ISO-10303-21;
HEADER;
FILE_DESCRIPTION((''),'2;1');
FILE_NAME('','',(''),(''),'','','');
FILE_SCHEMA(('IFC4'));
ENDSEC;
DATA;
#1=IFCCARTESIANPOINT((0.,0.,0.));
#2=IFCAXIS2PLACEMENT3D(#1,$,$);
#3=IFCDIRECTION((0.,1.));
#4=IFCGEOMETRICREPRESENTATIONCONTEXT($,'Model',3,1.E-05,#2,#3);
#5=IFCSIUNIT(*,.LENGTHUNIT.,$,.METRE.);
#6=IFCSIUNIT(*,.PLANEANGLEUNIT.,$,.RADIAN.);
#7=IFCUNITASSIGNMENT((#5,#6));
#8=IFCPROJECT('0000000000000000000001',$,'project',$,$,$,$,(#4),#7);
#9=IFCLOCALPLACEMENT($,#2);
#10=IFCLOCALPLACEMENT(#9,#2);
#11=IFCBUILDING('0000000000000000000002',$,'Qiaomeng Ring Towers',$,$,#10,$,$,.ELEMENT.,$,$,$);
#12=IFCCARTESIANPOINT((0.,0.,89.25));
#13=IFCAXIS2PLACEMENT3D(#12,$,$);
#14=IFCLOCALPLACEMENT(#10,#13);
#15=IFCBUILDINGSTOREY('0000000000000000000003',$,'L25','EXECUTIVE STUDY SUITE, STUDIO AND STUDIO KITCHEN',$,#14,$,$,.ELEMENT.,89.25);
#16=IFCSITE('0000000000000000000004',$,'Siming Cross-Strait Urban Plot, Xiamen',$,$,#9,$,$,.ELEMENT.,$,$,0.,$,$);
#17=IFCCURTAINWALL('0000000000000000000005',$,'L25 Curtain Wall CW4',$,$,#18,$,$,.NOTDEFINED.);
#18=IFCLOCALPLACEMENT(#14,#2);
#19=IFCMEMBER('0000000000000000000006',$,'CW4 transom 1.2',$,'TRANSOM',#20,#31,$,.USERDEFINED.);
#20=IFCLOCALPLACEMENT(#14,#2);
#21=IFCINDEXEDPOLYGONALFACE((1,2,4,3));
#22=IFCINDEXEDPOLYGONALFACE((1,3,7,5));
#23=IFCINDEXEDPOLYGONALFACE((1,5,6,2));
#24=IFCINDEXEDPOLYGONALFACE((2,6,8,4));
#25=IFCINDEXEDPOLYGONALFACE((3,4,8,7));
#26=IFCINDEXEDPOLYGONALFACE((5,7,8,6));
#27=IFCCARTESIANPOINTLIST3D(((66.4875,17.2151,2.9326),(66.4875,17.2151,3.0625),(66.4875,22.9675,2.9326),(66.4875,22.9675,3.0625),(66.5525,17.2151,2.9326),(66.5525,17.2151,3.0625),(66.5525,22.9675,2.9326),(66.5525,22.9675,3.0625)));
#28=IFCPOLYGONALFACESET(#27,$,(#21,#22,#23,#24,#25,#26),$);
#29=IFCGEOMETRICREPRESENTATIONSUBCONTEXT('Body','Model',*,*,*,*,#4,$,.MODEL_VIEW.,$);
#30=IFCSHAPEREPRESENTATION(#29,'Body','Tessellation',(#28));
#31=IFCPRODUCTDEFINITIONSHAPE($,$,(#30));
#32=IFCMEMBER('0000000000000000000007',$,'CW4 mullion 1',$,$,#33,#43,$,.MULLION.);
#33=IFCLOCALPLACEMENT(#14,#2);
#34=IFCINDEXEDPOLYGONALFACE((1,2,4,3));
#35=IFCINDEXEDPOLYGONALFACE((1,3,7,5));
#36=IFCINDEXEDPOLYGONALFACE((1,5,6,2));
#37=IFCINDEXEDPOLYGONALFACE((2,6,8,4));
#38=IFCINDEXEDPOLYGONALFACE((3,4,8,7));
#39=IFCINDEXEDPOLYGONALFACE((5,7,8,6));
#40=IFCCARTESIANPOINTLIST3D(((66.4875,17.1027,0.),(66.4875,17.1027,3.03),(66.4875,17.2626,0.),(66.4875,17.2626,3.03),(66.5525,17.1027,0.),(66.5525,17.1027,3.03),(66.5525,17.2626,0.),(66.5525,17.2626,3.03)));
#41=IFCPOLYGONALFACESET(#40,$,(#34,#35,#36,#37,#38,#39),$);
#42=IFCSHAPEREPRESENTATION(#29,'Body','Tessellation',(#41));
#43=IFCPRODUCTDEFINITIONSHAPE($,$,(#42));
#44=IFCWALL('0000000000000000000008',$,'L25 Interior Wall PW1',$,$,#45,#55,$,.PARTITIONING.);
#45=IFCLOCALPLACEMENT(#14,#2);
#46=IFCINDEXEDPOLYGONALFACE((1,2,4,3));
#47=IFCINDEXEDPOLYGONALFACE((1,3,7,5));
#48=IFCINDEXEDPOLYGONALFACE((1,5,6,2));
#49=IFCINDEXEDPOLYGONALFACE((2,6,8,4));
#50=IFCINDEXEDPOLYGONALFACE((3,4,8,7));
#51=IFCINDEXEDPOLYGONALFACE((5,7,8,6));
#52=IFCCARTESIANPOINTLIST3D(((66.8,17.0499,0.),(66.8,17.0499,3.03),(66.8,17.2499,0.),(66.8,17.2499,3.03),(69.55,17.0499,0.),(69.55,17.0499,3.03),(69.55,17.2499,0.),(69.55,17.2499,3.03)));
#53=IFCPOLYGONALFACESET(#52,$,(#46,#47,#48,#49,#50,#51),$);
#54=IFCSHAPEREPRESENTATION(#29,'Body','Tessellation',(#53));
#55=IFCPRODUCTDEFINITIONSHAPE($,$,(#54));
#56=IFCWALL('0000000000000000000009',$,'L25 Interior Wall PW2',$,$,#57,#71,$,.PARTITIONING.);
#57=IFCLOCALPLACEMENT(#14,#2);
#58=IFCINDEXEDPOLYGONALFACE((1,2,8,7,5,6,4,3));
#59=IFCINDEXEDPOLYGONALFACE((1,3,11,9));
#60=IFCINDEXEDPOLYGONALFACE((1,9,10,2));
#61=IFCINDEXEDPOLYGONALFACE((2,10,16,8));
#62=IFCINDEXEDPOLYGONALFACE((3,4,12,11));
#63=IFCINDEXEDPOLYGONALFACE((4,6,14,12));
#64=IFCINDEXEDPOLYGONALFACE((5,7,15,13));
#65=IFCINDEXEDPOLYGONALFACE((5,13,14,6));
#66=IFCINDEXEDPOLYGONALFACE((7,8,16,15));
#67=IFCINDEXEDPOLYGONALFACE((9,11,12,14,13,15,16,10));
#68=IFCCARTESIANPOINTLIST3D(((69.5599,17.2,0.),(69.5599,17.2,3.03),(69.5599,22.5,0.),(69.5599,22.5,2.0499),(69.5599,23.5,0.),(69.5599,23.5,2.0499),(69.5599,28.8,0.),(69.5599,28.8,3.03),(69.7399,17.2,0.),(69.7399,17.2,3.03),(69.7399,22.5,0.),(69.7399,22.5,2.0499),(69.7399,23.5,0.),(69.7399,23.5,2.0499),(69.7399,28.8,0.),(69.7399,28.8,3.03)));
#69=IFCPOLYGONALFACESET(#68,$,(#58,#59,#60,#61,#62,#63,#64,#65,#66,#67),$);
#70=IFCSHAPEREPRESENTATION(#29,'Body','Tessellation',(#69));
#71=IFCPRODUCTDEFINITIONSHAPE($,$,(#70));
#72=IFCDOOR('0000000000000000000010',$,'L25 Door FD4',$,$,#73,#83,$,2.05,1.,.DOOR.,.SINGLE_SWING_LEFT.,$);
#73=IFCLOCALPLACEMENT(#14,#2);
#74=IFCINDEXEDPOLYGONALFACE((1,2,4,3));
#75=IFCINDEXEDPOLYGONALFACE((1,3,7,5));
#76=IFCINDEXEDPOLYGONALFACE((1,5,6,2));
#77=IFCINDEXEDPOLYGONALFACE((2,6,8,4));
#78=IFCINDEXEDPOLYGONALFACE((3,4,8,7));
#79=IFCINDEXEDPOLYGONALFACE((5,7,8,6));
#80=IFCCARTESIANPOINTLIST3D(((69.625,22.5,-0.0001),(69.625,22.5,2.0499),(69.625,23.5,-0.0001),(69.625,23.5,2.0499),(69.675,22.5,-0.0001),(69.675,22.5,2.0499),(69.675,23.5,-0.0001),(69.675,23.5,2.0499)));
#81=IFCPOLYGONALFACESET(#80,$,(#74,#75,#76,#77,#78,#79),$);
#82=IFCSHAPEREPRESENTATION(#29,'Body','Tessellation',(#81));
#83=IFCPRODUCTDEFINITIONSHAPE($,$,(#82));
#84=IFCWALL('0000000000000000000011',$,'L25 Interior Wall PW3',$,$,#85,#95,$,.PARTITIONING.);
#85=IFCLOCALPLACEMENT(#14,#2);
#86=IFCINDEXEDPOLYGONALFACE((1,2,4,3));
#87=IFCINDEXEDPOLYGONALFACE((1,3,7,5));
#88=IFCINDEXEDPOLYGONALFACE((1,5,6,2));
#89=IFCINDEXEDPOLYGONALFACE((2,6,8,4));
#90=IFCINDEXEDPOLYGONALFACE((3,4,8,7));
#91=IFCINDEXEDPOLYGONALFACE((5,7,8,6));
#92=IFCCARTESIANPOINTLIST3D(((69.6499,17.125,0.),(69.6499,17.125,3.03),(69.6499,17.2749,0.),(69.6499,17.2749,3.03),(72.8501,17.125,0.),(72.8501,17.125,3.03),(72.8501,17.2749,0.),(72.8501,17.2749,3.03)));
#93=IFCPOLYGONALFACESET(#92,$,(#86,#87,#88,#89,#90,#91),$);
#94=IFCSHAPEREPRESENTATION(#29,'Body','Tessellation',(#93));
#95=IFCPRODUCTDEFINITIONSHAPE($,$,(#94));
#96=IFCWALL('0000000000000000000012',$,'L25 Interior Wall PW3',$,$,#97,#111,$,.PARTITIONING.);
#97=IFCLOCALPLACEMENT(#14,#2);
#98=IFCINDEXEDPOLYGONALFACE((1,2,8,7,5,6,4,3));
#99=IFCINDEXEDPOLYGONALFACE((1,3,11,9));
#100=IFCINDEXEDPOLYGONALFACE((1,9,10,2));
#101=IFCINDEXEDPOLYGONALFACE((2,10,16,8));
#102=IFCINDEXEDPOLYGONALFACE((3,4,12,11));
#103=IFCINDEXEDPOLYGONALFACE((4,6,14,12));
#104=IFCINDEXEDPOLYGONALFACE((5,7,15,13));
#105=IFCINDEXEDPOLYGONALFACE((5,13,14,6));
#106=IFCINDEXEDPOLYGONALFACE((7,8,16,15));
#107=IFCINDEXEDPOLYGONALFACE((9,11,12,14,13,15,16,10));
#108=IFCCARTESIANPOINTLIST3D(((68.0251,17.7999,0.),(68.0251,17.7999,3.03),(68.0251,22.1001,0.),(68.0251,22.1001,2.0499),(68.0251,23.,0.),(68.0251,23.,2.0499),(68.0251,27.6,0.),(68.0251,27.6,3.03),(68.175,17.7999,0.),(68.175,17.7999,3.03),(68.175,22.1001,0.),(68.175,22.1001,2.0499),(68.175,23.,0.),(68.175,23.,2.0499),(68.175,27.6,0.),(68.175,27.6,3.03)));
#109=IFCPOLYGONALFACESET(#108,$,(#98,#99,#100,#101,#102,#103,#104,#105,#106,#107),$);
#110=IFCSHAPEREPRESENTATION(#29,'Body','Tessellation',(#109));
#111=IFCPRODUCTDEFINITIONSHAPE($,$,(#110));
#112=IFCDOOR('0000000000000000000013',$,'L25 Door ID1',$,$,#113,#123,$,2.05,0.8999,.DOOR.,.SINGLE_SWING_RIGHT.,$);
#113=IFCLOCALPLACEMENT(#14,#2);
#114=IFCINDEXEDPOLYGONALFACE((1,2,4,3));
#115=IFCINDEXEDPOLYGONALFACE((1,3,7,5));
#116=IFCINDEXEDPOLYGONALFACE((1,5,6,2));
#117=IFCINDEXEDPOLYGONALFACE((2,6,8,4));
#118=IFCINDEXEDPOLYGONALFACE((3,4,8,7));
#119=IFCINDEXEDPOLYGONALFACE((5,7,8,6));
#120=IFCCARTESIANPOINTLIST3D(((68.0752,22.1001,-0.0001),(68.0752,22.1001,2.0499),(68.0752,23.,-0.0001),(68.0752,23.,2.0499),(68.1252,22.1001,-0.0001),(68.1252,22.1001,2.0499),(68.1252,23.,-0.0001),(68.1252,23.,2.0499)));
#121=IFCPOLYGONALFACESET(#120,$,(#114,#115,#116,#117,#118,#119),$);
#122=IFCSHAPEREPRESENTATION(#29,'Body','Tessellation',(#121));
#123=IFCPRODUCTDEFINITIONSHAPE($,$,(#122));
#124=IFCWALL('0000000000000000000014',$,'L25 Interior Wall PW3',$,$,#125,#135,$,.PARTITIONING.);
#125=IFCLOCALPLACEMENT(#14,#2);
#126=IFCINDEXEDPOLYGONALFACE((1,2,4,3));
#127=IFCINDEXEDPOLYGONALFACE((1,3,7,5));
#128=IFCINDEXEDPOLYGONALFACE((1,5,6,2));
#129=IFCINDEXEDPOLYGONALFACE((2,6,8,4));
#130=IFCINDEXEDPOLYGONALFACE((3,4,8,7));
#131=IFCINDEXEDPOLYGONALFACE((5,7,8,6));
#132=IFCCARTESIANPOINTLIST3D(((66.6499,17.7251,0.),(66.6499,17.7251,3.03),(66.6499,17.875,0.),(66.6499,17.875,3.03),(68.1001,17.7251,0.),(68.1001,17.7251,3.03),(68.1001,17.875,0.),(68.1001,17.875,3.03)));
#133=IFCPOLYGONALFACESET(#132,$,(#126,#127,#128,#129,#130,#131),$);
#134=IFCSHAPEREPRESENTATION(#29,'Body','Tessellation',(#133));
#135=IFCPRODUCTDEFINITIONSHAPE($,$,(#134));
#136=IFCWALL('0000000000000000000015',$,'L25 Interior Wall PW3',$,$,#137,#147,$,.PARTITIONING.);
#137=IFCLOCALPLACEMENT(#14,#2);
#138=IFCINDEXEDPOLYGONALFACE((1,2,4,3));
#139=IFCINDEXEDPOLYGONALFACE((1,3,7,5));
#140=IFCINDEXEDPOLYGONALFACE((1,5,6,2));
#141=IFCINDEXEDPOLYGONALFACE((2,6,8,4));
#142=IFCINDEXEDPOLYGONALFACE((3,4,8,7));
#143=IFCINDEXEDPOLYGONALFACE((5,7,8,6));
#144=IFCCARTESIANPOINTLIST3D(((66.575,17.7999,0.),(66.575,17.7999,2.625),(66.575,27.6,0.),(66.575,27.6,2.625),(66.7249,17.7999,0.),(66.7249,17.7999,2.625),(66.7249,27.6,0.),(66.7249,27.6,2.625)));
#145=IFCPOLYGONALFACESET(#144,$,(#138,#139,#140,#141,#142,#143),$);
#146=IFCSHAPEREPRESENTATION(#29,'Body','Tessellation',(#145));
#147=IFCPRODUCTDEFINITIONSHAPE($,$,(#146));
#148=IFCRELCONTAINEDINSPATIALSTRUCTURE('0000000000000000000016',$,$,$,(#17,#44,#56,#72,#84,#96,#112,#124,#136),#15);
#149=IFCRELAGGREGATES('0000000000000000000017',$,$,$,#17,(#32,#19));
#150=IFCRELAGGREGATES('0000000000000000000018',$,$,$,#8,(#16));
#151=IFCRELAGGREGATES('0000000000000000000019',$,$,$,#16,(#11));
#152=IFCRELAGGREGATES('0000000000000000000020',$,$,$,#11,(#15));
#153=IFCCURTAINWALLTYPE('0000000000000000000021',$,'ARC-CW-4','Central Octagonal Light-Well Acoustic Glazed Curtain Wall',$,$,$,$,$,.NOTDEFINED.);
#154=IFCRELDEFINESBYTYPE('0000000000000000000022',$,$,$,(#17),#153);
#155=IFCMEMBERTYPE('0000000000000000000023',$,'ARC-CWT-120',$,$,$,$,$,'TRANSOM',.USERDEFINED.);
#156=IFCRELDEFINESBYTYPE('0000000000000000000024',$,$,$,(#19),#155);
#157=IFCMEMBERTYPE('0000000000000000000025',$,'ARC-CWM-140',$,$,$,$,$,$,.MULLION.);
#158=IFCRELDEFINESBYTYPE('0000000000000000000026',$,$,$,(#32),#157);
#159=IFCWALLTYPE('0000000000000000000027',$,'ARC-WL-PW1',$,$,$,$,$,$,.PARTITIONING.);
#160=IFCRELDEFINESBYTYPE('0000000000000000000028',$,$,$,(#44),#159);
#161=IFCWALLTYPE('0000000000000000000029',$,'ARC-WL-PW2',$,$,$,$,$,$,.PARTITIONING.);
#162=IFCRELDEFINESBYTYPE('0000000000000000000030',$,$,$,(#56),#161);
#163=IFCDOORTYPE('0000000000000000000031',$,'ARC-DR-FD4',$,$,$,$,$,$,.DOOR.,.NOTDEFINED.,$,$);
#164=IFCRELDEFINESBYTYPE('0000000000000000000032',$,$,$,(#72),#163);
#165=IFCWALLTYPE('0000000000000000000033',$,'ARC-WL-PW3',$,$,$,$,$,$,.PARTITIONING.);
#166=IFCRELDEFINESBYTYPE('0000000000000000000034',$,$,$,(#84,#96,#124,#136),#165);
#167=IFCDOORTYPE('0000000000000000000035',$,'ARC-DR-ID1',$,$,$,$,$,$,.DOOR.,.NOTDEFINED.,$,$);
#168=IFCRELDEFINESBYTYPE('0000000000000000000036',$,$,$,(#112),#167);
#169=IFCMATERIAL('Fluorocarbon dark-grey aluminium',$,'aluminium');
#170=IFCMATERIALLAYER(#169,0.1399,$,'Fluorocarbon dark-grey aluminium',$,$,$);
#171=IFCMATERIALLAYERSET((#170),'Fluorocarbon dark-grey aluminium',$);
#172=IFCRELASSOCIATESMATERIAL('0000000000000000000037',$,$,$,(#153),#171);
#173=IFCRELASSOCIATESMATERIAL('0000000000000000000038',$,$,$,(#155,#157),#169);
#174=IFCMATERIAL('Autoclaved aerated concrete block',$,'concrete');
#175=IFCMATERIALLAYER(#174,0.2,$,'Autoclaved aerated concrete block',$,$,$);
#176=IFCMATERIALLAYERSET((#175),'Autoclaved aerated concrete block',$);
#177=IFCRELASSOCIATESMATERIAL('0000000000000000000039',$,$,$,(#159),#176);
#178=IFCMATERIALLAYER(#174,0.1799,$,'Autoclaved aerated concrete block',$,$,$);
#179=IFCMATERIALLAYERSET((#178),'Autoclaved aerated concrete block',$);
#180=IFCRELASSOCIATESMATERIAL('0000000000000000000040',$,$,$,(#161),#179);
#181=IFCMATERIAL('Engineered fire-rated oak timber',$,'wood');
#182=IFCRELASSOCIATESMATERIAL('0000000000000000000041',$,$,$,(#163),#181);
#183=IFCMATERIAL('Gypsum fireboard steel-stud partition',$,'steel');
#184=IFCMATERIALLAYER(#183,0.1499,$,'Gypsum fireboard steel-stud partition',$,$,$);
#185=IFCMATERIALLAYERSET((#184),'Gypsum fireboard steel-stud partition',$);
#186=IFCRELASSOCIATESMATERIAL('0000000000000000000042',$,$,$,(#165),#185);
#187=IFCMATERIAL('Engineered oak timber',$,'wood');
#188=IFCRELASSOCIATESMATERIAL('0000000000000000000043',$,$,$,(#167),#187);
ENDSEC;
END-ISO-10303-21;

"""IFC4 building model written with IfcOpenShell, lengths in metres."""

from ifc_helpers import new_model, si_unit, direction, frame, frame_2d, origin, origin_2d, place, context, subcontext, project, spatial, rectangle, extrude, source, transform, mapped, material, layer, layer_set, material_profile, profile_set, type_object, element, fill, aggregate, save


model = new_model("IFC4")

# Units and contexts
model_context = context("Model", 3, precision=1e-05, world=origin(), true_north=direction((0.0, 1.0)))
body_context = subcontext(model_context, "Body", "Model", "MODEL_VIEW")
ifc_project = project(units=[si_unit("LENGTHUNIT", "METRE"), si_unit("PLANEANGLEUNIT", "RADIAN")], contexts=[model_context])

# Site, building, storey
site_placement = place(None, origin())
site = spatial("IfcSite", under=ifc_project, at=site_placement, Name="Siming Cross-Strait Urban Plot, Xiamen", CompositionType="ELEMENT", RefElevation=0.0)
building_placement = place(site_placement, origin())
building = spatial("IfcBuilding", under=site, at=building_placement, Name="Qiaomeng Ring Towers", CompositionType="ELEMENT")
storey_placement = place(building_placement, frame((0.0, 0.0, 89.25)))
storey = spatial("IfcBuildingStorey", under=building, at=storey_placement, Name="L25", Description="EXECUTIVE STUDY SUITE, STUDIO AND STUDIO KITCHEN", CompositionType="ELEMENT", Elevation=89.25)

# Curtain wall, members
ifc_material_1 = material(Name="Fluorocarbon dark-grey aluminium", Category="aluminium")
ifc_layer_1 = layer(ifc_material_1, 0.1399, Name="Fluorocarbon dark-grey aluminium")
ifc_layer_set_1 = layer_set([ifc_layer_1], Name="Fluorocarbon dark-grey aluminium")
curtain_wall_type = type_object("IfcCurtainWallType", Name="ARC-CW-4", Description="Central Octagonal Light-Well Acoustic Glazed Curtain Wall", PredefinedType="NOTDEFINED", material=ifc_layer_set_1)
curtain_wall_placement = place(storey_placement, origin())
curtain_wall = element("IfcCurtainWall", 1, at=curtain_wall_placement, inside=storey, type_object=curtain_wall_type, Name="L25 Curtain Wall CW4", PredefinedType="NOTDEFINED")
ifc_material_profile_1 = material_profile(ifc_material_1, rectangle(XDim=0.0649, YDim=0.1299, at=origin_2d()), Name="ALU TRAN 65x130")
ifc_profile_set_1 = profile_set([ifc_material_profile_1], Name="Fluorocarbon dark-grey aluminium")
member_type_1 = type_object("IfcMemberType", Name="ARC-CWT-120", ElementType="TRANSOM", PredefinedType="USERDEFINED", material=ifc_profile_set_1)
shared_shape_1 = source(origin(), body_context, "Body", "SweptSolid", [
    extrude(rectangle(XDim=0.0649, YDim=0.1299, at=origin_2d()), origin(), (0.0, 0.0, 1.0), 5.7524),
])
member_1_placement = place(storey_placement, frame((66.52, 17.2151, 2.9976), z_axis=(0.0, 1.0, 0.0), x_axis=(-1.0, 0.0, 0.0)))
member_1 = element("IfcMember", 2, at=member_1_placement, type_object=member_type_1, Name="CW4 transom 1.2", ObjectType="TRANSOM", PredefinedType="USERDEFINED", context=body_context, shape_type="MappedRepresentation", body=[
    mapped(shared_shape_1, transform((0.0, 0.0, 0.0), x_axis=(1.0, 0.0, 0.0), y_axis=(0.0, 1.0, 0.0), z_axis=(0.0, 0.0, 1.0), scale=1.0)),
])
ifc_material_profile_2 = material_profile(ifc_material_1, rectangle(XDim=0.0649, YDim=0.1599, at=origin_2d()), Name="ALU MULL 65x160")
ifc_profile_set_2 = profile_set([ifc_material_profile_2], Name="Fluorocarbon dark-grey aluminium")
member_type_2 = type_object("IfcMemberType", Name="ARC-CWM-140", PredefinedType="MULLION", material=ifc_profile_set_2)
shared_shape_2 = source(origin(), body_context, "Body", "SweptSolid", [
    extrude(rectangle(XDim=0.0649, YDim=0.1599, at=origin_2d()), origin(), (0.0, 0.0, 1.0), 3.03),
])
member_2_placement = place(storey_placement, frame((66.52, 17.1826, 0.0), z_axis=(0.0, 0.0, 1.0), x_axis=(-1.0, 0.0, 0.0)))
member_2 = element("IfcMember", 3, at=member_2_placement, type_object=member_type_2, Name="CW4 mullion 1", PredefinedType="MULLION", context=body_context, shape_type="MappedRepresentation", body=[
    mapped(shared_shape_2, transform((0.0, 0.0, 0.0), x_axis=(1.0, 0.0, 0.0), y_axis=(0.0, 1.0, 0.0), z_axis=(0.0, 0.0, 1.0), scale=1.0)),
])
aggregate(curtain_wall, [member_2, member_1])

# Wall
ifc_material_2 = material(Name="Autoclaved aerated concrete block", Category="concrete")
ifc_layer_2 = layer(ifc_material_2, 0.2, Name="Autoclaved aerated concrete block")
ifc_layer_set_2 = layer_set([ifc_layer_2], Name="Autoclaved aerated concrete block")
wall_type_1 = type_object("IfcWallType", Name="ARC-WL-PW1", PredefinedType="PARTITIONING", material=ifc_layer_set_2)
wall_1_placement = place(storey_placement, frame((66.8, 17.1499, 0.0), z_axis=(0.0, 0.0, 1.0), x_axis=(1.0, 0.0, 0.0)))
element("IfcWall", 4, at=wall_1_placement, inside=storey, type_object=wall_type_1, Name="L25 Interior Wall PW1", PredefinedType="PARTITIONING", context=body_context, shape_type="SweptSolid", body=[
    extrude(rectangle(XDim=2.75, YDim=0.2, at=frame_2d((1.375, 0.0))), origin(), (0.0, 0.0, 1.0), 3.03),
])

# Wall, opening, door
ifc_layer_3 = layer(ifc_material_2, 0.1799, Name="Autoclaved aerated concrete block")
ifc_layer_set_3 = layer_set([ifc_layer_3], Name="Autoclaved aerated concrete block")
wall_type_2 = type_object("IfcWallType", Name="ARC-WL-PW2", PredefinedType="PARTITIONING", material=ifc_layer_set_3)
wall_2_placement = place(storey_placement, frame((69.6499, 17.2, 0.0), z_axis=(0.0, 0.0, 1.0), x_axis=(0.0, 1.0, 0.0)))
wall_2 = element("IfcWall", 5, at=wall_2_placement, inside=storey, type_object=wall_type_2, Name="L25 Interior Wall PW2", PredefinedType="PARTITIONING", context=body_context, shape_type="SweptSolid", body=[
    extrude(rectangle(XDim=11.6001, YDim=0.1799, at=frame_2d((5.8, 0.0))), origin(), (0.0, 0.0, 1.0), 3.03),
])
opening_1_placement = place(wall_2_placement, frame((5.3, 0.0, 0.0)))
opening_1 = element("IfcOpeningElement", 6, at=opening_1_placement, cuts=wall_2, PredefinedType="OPENING", context=body_context, shape_type="SweptSolid", body=[
    extrude(rectangle(XDim=1.0, YDim=2.05, at=frame_2d((0.5, 1.0249))), frame((0.0, 0.0999, 0.0), z_axis=(0.0, -1.0, 0.0), x_axis=(1.0, 0.0, 0.0)), (0.0, 0.0, 1.0), 0.2),
])
ifc_material_3 = material(Name="Engineered fire-rated oak timber", Category="wood")
door_type_1 = type_object("IfcDoorType", Name="ARC-DR-FD4", OperationType="NOTDEFINED", PredefinedType="DOOR", material=ifc_material_3)
shared_shape_3 = source(origin(), body_context, "Body", "SweptSolid", [
    extrude(rectangle(XDim=1.0, YDim=2.05, at=frame_2d((0.5, 1.0249))), frame((0.0, 0.0249, 0.0), z_axis=(0.0, -1.0, 0.0), x_axis=(1.0, 0.0, 0.0)), (0.0, 0.0, 1.0), 0.05),
])
door_1_placement = place(opening_1_placement, origin())
door_1 = element("IfcDoor", 7, at=door_1_placement, inside=storey, type_object=door_type_1, Name="L25 Door FD4", OperationType="SINGLE_SWING_LEFT", OverallHeight=2.05, OverallWidth=1.0, PredefinedType="DOOR", context=body_context, shape_type="MappedRepresentation", body=[
    mapped(shared_shape_3, transform((0.0, 0.0, 0.0), x_axis=(1.0, 0.0, 0.0), y_axis=(0.0, 1.0, 0.0), z_axis=(0.0, 0.0, 1.0), scale=1.0)),
])
fill(opening_1, door_1)

# Wall
ifc_material_4 = material(Name="Gypsum fireboard steel-stud partition", Category="steel")
ifc_layer_4 = layer(ifc_material_4, 0.1499, Name="Gypsum fireboard steel-stud partition")
ifc_layer_set_4 = layer_set([ifc_layer_4], Name="Gypsum fireboard steel-stud partition")
wall_type_3 = type_object("IfcWallType", Name="ARC-WL-PW3", PredefinedType="PARTITIONING", material=ifc_layer_set_4)
wall_3_placement = place(storey_placement, frame((69.6499, 17.2, 0.0), z_axis=(0.0, 0.0, 1.0), x_axis=(1.0, 0.0, 0.0)))
element("IfcWall", 8, at=wall_3_placement, inside=storey, type_object=wall_type_3, Name="L25 Interior Wall PW3", PredefinedType="PARTITIONING", context=body_context, shape_type="SweptSolid", body=[
    extrude(rectangle(XDim=3.2002, YDim=0.1499, at=frame_2d((1.6001, 0.0))), origin(), (0.0, 0.0, 1.0), 3.03),
])

# Wall, opening, door
wall_4_placement = place(storey_placement, frame((68.1001, 17.8, 0.0), z_axis=(0.0, 0.0, 1.0), x_axis=(0.0, 1.0, 0.0)))
wall_4 = element("IfcWall", 9, at=wall_4_placement, inside=storey, type_object=wall_type_3, Name="L25 Interior Wall PW3", PredefinedType="PARTITIONING", context=body_context, shape_type="SweptSolid", body=[
    extrude(rectangle(XDim=9.8, YDim=0.1499, at=frame_2d((4.8999, 0.0))), origin(), (0.0, 0.0, 1.0), 3.03),
])
opening_2_placement = place(wall_4_placement, frame((4.3, 0.0, 0.0)))
opening_2 = element("IfcOpeningElement", 10, at=opening_2_placement, cuts=wall_4, PredefinedType="OPENING", context=body_context, shape_type="SweptSolid", body=[
    extrude(rectangle(XDim=0.8999, YDim=2.05, at=frame_2d((0.45, 1.0249))), frame((0.0, 0.085, 0.0), z_axis=(0.0, -1.0, 0.0), x_axis=(1.0, 0.0, 0.0)), (0.0, 0.0, 1.0), 0.1699),
])
ifc_material_5 = material(Name="Engineered oak timber", Category="wood")
door_type_2 = type_object("IfcDoorType", Name="ARC-DR-ID1", OperationType="NOTDEFINED", PredefinedType="DOOR", material=ifc_material_5)
shared_shape_4 = source(origin(), body_context, "Body", "SweptSolid", [
    extrude(rectangle(XDim=0.8999, YDim=2.05, at=frame_2d((0.45, 1.0249))), frame((0.0, 0.0249, 0.0), z_axis=(0.0, -1.0, 0.0), x_axis=(1.0, 0.0, 0.0)), (0.0, 0.0, 1.0), 0.05),
])
door_2_placement = place(opening_2_placement, origin())
door_2 = element("IfcDoor", 11, at=door_2_placement, inside=storey, type_object=door_type_2, Name="L25 Door ID1", OperationType="SINGLE_SWING_RIGHT", OverallHeight=2.05, OverallWidth=0.8999, PredefinedType="DOOR", context=body_context, shape_type="MappedRepresentation", body=[
    mapped(shared_shape_4, transform((0.0, 0.0, 0.0), x_axis=(1.0, 0.0, 0.0), y_axis=(0.0, 1.0, 0.0), z_axis=(0.0, 0.0, 1.0), scale=1.0)),
])
fill(opening_2, door_2)

# Walls
wall_5_placement = place(storey_placement, frame((66.6499, 17.8, 0.0), z_axis=(0.0, 0.0, 1.0), x_axis=(1.0, 0.0, 0.0)))
element("IfcWall", 12, at=wall_5_placement, inside=storey, type_object=wall_type_3, Name="L25 Interior Wall PW3", PredefinedType="PARTITIONING", context=body_context, shape_type="SweptSolid", body=[
    extrude(rectangle(XDim=1.4502, YDim=0.1499, at=frame_2d((0.7251, 0.0))), origin(), (0.0, 0.0, 1.0), 3.03),
])
wall_6_placement = place(storey_placement, frame((66.6499, 17.8, 0.0), z_axis=(0.0, 0.0, 1.0), x_axis=(0.0, 1.0, 0.0)))
element("IfcWall", 13, at=wall_6_placement, inside=storey, type_object=wall_type_3, Name="L25 Interior Wall PW3", PredefinedType="PARTITIONING", context=body_context, shape_type="SweptSolid", body=[
    extrude(rectangle(XDim=9.8, YDim=0.1499, at=frame_2d((4.8999, 0.0))), origin(), (0.0, 0.0, 1.0), 2.625),
])

save(model, "model.ifc")
